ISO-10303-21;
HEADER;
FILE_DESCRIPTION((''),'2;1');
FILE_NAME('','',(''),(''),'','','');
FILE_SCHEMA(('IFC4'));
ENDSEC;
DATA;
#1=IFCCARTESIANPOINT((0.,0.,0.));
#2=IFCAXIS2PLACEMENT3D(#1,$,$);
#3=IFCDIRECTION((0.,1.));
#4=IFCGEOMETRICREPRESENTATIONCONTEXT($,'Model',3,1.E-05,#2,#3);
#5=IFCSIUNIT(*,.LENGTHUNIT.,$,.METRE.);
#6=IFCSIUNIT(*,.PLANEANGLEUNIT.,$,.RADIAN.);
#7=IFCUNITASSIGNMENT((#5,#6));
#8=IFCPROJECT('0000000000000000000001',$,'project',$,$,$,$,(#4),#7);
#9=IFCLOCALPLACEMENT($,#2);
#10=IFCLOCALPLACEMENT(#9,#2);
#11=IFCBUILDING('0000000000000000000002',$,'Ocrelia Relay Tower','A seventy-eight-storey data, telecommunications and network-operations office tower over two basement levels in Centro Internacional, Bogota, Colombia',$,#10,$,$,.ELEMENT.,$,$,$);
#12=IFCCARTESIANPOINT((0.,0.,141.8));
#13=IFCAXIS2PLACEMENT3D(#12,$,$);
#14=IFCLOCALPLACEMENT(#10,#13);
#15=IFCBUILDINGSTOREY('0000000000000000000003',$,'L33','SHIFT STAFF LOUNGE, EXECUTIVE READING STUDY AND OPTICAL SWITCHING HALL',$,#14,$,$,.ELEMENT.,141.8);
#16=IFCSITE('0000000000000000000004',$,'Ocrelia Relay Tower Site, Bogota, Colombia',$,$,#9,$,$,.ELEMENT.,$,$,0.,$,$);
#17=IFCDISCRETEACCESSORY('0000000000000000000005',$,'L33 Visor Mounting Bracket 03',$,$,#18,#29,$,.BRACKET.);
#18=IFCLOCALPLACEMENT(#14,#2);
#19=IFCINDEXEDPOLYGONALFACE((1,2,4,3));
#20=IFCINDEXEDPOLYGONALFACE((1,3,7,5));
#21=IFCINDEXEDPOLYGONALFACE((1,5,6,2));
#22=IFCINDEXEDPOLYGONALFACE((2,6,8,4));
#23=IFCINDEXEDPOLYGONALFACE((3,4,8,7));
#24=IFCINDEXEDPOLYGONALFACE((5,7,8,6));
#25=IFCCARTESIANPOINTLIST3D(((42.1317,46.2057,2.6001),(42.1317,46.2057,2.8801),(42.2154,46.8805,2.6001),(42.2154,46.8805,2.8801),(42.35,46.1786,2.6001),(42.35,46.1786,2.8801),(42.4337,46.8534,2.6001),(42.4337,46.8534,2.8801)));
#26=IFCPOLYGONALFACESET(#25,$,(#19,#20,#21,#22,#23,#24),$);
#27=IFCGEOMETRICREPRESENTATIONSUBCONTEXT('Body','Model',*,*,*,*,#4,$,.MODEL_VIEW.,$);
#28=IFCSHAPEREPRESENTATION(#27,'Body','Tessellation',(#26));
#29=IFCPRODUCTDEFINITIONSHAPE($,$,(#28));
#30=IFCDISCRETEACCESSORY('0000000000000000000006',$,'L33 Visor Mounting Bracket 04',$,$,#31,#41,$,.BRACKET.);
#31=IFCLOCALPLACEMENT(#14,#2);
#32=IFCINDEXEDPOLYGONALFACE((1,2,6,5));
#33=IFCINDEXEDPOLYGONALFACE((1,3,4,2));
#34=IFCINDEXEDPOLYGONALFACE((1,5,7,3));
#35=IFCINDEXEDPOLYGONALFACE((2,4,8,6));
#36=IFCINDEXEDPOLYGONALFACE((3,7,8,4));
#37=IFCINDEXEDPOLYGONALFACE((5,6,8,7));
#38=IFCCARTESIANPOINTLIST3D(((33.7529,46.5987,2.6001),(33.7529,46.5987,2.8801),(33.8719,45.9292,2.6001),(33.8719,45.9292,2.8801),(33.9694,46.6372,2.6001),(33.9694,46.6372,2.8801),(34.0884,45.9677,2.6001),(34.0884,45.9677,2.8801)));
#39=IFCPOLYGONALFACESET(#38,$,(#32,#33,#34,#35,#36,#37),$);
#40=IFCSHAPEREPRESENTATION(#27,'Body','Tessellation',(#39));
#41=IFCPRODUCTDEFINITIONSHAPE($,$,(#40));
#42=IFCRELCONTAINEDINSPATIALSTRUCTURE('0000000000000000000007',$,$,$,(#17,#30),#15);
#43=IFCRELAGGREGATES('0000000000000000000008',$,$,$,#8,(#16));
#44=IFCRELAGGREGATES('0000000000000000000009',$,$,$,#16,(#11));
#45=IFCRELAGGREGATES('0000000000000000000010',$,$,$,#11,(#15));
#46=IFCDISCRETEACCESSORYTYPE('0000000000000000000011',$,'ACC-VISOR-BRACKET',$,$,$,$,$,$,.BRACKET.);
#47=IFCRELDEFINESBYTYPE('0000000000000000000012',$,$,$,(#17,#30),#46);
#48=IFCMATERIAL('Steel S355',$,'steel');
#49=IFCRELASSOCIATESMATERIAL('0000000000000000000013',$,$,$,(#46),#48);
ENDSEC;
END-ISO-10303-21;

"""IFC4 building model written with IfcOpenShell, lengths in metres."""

from ifc_helpers import new_model, si_unit, direction, frame, origin, origin_2d, place, context, subcontext, project, spatial, rectangle, extrude, material, type_object, element, save


model = new_model("IFC4")

# Units and contexts
model_context = context("Model", 3, precision=1e-05, world=origin(), true_north=direction((0.0, 1.0)))
body_context = subcontext(model_context, "Body", "Model", "MODEL_VIEW")
ifc_project = project(units=[si_unit("LENGTHUNIT", "METRE"), si_unit("PLANEANGLEUNIT", "RADIAN")], contexts=[model_context])

# Site, building, storey
site_placement = place(None, origin())
site = spatial("IfcSite", under=ifc_project, at=site_placement, Name="Ocrelia Relay Tower Site, Bogota, Colombia", CompositionType="ELEMENT", RefElevation=0.0)
building_placement = place(site_placement, origin())
building = spatial("IfcBuilding", under=site, at=building_placement, Name="Ocrelia Relay Tower", Description="A seventy-eight-storey data, telecommunications and network-operations office tower over two basement levels in Centro Internacional, Bogota, Colombia", CompositionType="ELEMENT")
storey_placement = place(building_placement, frame((0.0, 0.0, 141.8)))
storey = spatial("IfcBuildingStorey", under=building, at=storey_placement, Name="L33", Description="SHIFT STAFF LOUNGE, EXECUTIVE READING STUDY AND OPTICAL SWITCHING HALL", CompositionType="ELEMENT", Elevation=141.8)

# Shared definitions
ifc_material_1 = material(Name="Steel S355", Category="steel")

# Discrete accessories
discrete_accessory_type = type_object("IfcDiscreteAccessoryType", Name="ACC-VISOR-BRACKET", PredefinedType="BRACKET", material=ifc_material_1)
for number, where, z_axis, x_axis, name in (
    (1, (42.2827, 46.5295, 2.6001), (0.0, 0.0, 1.0), (-0.992401, 0.123049, 0.0), "L33 Visor Mounting Bracket 03"),
    (2, (33.9207, 46.2832, 2.6001), (0.0, 0.0, 1.0), (-0.984568, -0.175004, 0.0), "L33 Visor Mounting Bracket 04"),
):
    element("IfcDiscreteAccessory", number, at=place(storey_placement, frame(where, z_axis=z_axis, x_axis=x_axis)), inside=storey, type_object=discrete_accessory_type, Name=name, PredefinedType="BRACKET", context=body_context, shape_type="SweptSolid", body=[
        extrude(rectangle(XDim=0.22, YDim=0.6799, at=origin_2d()), origin(), (0.0, 0.0, 1.0), 0.28),
    ])

save(model, "model.ifc")
